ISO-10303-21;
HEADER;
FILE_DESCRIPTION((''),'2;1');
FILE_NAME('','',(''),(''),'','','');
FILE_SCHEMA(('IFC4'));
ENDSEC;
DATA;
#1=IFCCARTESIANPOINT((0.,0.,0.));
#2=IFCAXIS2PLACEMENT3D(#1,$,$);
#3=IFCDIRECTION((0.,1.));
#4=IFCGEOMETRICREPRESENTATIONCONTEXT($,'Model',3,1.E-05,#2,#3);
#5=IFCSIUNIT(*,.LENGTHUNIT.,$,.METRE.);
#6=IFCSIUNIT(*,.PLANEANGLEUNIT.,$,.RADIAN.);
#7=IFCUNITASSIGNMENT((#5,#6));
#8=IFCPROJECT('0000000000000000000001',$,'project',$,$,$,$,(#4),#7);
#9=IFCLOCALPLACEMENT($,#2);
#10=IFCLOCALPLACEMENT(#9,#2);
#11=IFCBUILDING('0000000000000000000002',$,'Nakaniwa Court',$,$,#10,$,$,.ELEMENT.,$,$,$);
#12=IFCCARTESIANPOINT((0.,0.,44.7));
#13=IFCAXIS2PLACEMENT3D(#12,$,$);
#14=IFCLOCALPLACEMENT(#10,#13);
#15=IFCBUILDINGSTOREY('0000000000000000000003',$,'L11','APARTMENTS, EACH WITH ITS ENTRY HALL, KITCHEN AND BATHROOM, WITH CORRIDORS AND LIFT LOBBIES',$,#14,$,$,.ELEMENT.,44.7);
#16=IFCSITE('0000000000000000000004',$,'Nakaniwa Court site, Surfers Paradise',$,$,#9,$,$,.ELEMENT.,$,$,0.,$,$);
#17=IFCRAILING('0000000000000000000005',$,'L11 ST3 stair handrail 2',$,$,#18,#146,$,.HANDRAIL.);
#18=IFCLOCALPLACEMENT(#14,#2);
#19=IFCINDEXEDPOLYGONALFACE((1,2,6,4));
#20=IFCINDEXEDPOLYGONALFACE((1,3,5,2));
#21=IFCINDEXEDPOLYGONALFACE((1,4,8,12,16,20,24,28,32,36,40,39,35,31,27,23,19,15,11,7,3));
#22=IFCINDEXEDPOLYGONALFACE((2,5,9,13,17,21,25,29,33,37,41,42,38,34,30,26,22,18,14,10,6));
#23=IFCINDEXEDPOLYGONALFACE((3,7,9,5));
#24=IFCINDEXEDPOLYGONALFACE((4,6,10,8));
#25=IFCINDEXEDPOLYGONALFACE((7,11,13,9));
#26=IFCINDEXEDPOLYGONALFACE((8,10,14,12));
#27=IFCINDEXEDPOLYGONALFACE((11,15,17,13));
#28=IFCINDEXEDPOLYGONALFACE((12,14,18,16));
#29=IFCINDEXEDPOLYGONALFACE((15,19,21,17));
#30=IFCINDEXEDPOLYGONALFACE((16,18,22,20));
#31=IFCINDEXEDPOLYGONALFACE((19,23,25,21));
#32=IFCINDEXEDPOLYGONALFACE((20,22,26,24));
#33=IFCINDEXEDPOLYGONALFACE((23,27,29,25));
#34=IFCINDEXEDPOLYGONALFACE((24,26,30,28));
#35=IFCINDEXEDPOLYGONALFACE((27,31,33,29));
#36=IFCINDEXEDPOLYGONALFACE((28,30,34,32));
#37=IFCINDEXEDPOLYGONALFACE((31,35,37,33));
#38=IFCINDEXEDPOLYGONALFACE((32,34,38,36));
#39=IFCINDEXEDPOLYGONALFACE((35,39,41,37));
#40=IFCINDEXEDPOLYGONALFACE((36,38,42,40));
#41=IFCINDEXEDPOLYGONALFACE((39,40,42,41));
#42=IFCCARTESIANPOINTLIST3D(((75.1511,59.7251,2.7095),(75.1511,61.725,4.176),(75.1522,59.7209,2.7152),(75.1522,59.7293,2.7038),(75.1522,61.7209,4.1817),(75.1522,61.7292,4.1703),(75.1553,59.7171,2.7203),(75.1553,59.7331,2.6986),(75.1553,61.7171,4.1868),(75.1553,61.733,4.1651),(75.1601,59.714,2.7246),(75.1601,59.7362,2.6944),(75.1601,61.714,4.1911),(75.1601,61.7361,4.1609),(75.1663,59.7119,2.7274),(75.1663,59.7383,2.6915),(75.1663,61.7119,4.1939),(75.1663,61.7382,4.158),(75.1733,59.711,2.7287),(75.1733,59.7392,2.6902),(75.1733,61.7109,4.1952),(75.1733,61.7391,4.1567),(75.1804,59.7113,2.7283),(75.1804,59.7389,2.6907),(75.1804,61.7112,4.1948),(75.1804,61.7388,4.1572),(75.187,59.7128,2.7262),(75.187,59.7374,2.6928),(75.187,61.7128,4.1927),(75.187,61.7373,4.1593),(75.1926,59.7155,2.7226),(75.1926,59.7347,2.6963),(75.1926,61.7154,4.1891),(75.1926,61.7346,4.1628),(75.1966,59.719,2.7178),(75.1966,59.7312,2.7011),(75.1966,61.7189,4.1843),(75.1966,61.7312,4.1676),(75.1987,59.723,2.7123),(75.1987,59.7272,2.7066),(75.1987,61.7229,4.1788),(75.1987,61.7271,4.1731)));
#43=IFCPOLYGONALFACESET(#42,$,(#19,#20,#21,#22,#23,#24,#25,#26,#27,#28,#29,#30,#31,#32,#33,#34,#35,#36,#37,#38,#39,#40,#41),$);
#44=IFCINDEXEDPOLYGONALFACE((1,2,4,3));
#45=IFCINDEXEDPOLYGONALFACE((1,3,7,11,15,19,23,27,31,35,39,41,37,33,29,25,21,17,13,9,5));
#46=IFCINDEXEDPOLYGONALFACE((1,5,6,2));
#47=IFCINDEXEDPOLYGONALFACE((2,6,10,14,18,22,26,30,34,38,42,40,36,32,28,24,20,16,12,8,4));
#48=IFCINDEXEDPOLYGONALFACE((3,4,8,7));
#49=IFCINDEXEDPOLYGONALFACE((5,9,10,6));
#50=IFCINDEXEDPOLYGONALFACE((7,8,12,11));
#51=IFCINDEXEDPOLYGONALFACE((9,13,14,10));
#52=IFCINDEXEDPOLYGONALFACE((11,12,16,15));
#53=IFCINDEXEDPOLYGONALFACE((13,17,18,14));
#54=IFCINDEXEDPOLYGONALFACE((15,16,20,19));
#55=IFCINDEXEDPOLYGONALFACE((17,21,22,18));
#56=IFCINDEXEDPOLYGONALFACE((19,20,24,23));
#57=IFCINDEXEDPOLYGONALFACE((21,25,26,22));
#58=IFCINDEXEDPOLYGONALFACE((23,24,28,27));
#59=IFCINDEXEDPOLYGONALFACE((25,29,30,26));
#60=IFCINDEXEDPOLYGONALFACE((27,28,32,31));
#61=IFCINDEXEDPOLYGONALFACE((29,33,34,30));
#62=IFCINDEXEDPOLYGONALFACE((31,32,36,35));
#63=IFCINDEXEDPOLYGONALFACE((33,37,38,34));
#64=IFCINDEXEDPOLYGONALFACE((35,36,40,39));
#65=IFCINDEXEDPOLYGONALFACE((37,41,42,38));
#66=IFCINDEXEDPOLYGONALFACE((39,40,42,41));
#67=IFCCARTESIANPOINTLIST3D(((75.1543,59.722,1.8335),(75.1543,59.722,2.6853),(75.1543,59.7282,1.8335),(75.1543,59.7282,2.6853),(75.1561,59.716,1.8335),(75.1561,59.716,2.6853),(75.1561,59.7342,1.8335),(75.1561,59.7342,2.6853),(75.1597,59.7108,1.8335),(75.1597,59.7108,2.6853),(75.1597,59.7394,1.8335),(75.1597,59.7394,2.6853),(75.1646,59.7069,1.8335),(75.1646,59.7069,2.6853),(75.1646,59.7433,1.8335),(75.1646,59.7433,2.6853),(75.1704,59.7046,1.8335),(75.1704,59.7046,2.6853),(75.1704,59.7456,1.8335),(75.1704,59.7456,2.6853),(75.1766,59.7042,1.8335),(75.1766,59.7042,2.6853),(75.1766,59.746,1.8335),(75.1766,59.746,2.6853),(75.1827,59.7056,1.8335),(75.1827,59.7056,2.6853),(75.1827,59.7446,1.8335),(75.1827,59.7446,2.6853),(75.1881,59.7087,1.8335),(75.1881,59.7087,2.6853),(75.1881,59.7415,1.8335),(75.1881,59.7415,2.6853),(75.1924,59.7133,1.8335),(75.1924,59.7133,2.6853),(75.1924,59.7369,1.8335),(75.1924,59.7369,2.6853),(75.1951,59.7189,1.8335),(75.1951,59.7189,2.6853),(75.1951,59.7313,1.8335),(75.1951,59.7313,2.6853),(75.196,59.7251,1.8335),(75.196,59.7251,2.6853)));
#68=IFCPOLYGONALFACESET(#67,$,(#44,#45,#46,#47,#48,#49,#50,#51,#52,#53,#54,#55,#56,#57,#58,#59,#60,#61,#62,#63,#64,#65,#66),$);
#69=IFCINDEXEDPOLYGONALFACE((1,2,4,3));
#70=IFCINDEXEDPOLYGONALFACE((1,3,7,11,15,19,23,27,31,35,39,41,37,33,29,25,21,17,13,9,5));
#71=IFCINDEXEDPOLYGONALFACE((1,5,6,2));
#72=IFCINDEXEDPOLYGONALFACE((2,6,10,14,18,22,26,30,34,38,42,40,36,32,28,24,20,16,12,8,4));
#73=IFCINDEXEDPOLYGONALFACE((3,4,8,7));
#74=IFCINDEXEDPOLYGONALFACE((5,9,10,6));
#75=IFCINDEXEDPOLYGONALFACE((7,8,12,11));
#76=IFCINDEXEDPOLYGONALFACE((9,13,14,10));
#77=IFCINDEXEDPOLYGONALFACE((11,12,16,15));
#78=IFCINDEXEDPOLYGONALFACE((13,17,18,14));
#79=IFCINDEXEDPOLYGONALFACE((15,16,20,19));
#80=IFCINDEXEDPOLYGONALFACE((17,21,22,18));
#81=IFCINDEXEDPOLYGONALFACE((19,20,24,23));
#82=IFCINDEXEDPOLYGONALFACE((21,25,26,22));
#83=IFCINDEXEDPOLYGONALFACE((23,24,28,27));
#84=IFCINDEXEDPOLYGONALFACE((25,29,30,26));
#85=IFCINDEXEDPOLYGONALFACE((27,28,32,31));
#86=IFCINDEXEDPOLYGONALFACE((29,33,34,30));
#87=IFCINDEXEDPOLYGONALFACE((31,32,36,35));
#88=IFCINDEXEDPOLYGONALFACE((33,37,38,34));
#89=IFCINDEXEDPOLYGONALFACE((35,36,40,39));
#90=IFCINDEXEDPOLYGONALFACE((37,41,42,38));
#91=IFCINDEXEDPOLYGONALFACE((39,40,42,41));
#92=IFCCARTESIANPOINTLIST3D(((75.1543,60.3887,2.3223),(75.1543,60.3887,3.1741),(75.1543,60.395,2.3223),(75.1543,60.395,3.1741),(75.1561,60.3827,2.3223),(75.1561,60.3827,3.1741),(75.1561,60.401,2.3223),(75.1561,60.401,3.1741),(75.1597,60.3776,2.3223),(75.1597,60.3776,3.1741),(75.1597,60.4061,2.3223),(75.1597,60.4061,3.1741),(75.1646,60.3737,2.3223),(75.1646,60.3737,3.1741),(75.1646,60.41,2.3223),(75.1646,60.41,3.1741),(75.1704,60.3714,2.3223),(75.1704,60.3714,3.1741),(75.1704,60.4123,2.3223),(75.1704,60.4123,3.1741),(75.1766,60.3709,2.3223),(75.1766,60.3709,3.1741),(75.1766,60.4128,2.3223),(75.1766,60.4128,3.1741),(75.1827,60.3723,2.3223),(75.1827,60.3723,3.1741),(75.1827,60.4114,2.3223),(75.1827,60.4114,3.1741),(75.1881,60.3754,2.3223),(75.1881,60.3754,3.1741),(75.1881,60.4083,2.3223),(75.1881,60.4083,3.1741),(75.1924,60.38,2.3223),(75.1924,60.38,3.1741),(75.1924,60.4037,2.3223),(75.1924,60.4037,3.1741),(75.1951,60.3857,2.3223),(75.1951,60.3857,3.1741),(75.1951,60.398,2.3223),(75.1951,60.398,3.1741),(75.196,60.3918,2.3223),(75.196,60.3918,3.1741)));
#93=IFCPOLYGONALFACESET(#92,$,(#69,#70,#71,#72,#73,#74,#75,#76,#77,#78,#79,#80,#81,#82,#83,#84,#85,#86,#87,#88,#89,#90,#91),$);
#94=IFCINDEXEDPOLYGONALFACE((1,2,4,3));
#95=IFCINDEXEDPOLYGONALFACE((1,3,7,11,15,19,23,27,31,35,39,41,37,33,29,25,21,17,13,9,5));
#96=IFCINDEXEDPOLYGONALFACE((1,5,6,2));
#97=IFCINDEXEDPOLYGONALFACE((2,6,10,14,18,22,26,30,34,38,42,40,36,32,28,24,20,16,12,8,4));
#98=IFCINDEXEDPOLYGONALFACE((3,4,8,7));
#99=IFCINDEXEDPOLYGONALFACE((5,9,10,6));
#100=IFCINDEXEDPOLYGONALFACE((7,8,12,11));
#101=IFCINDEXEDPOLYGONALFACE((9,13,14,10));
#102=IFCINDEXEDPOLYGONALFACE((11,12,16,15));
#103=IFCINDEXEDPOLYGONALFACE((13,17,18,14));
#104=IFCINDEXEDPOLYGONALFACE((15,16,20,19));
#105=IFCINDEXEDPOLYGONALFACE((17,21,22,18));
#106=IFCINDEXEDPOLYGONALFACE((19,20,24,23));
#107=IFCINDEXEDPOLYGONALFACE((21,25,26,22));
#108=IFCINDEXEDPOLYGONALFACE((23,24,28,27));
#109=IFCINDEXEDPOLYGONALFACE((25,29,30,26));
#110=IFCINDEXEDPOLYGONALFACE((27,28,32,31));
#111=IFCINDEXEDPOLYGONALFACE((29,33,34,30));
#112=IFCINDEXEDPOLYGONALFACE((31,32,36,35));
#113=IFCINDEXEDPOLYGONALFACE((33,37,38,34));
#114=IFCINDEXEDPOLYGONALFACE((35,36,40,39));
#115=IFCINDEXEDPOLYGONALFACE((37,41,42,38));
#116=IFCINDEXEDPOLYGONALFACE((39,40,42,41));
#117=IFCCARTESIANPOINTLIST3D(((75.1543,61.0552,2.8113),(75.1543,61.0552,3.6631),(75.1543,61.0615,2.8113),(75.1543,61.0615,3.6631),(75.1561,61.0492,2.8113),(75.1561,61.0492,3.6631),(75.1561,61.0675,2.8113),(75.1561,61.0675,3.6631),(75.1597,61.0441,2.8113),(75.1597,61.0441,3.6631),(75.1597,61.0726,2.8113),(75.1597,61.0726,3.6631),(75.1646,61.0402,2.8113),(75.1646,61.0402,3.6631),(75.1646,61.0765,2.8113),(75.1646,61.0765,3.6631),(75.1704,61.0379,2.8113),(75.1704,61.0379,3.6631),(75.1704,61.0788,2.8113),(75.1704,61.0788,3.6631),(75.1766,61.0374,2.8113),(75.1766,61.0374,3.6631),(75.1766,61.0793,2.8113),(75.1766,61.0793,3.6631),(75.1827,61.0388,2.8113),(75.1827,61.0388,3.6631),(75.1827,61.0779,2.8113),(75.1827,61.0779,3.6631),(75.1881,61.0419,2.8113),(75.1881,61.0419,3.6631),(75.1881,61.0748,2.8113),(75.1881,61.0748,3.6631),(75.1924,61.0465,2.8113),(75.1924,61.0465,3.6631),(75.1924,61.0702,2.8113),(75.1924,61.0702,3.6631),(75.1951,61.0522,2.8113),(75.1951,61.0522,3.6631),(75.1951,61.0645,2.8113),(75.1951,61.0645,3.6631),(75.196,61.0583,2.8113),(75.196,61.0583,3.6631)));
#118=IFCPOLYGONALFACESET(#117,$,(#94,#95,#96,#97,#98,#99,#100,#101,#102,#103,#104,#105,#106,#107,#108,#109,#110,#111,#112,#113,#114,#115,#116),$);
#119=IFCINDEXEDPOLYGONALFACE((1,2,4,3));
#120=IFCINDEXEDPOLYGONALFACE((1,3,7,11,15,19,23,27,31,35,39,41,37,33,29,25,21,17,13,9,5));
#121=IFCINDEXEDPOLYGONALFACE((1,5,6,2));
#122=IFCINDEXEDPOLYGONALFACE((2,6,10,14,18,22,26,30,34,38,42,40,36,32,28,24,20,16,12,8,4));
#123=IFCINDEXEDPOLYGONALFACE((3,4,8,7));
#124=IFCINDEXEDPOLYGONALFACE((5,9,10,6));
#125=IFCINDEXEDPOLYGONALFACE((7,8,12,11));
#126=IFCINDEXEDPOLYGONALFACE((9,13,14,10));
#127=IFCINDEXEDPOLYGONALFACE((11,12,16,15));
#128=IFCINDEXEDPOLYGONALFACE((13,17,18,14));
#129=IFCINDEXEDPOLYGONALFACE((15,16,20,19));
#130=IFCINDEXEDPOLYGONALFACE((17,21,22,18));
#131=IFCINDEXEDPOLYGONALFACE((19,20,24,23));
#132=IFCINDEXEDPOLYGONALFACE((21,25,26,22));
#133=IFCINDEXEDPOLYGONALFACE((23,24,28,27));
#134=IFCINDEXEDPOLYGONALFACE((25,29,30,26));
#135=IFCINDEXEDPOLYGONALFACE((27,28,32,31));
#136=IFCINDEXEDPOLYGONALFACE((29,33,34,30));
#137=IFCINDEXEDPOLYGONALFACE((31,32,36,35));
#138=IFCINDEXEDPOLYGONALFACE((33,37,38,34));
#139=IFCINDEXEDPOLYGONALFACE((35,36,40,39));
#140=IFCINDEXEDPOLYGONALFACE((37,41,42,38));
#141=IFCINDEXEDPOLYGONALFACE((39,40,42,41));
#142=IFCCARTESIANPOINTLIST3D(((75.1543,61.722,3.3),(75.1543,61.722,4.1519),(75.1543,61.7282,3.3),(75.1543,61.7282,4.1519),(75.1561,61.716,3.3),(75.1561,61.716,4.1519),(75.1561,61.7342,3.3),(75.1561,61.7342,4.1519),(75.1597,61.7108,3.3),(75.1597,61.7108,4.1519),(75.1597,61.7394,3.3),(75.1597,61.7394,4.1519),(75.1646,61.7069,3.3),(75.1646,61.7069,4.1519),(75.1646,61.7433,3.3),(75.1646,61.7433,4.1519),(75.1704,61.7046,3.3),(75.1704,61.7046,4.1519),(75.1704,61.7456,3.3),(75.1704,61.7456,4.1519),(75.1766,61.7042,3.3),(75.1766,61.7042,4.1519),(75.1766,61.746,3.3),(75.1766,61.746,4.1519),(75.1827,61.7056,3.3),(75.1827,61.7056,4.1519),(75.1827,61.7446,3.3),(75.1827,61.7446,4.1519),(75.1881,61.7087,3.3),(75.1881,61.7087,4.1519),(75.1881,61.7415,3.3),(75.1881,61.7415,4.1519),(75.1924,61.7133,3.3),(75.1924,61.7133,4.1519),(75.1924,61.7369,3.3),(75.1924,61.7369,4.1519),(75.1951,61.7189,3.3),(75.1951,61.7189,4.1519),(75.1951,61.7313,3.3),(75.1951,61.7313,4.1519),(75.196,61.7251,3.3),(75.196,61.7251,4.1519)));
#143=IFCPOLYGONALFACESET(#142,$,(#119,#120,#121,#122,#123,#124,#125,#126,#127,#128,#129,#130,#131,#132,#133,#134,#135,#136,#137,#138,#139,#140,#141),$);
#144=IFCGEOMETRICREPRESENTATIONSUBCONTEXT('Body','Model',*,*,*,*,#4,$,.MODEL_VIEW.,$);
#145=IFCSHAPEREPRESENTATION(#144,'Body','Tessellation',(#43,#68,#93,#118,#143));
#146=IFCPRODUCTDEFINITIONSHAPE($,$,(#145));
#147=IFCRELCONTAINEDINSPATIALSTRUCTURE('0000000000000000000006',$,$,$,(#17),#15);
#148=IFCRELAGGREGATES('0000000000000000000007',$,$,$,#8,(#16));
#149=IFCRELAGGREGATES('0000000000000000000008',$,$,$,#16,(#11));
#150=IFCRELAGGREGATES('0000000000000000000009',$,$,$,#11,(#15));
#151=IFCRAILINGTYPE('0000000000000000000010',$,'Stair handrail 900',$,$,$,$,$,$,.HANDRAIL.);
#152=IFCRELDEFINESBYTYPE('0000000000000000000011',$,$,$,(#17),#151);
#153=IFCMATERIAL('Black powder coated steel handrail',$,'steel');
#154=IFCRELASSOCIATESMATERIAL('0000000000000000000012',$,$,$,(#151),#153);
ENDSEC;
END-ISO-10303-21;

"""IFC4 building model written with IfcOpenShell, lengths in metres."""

from ifc_helpers import new_model, si_unit, direction, frame, origin, origin_2d, place, context, subcontext, project, spatial, circle, extrude, material, type_object, element, save


model = new_model("IFC4")

# Units and contexts
model_context = context("Model", 3, precision=1e-05, world=origin(), true_north=direction((0.0, 1.0)))
body_context = subcontext(model_context, "Body", "Model", "MODEL_VIEW")
ifc_project = project(units=[si_unit("LENGTHUNIT", "METRE"), si_unit("PLANEANGLEUNIT", "RADIAN")], contexts=[model_context])

# Site, building, storey
site_placement = place(None, origin())
site = spatial("IfcSite", under=ifc_project, at=site_placement, Name="Nakaniwa Court site, Surfers Paradise", CompositionType="ELEMENT", RefElevation=0.0)
building_placement = place(site_placement, origin())
building = spatial("IfcBuilding", under=site, at=building_placement, Name="Nakaniwa Court", CompositionType="ELEMENT")
storey_placement = place(building_placement, frame((0.0, 0.0, 44.7)))
storey = spatial("IfcBuildingStorey", under=building, at=storey_placement, Name="L11", Description="APARTMENTS, EACH WITH ITS ENTRY HALL, KITCHEN AND BATHROOM, WITH CORRIDORS AND LIFT LOBBIES", CompositionType="ELEMENT", Elevation=44.7)

# Railing
ifc_material_1 = material(Name="Black powder coated steel handrail", Category="steel")
railing_type_1 = type_object("IfcRailingType", Name="Stair handrail 900", PredefinedType="HANDRAIL", material=ifc_material_1)
railing_1_placement = place(storey_placement, frame((75.175, 59.7251, 1.8335)))
element("IfcRailing", 1, at=railing_1_placement, inside=storey, type_object=railing_type_1, Name="L11 ST3 stair handrail 2", PredefinedType="HANDRAIL", context=body_context, shape_type="SweptSolid", body=[
    extrude(circle(Radius=0.0239, at=origin_2d()), frame((0.0, 0.0, 0.876), z_axis=(0.0, 0.806427, 0.591334), x_axis=(-1.0, 0.0, 0.0)), (0.0, 0.0, 1.0), 2.48),
    extrude(circle(Radius=0.021, at=origin_2d()), origin(), (0.0, 0.0, 1.0), 0.8518),
    extrude(circle(Radius=0.021, at=origin_2d()), frame((0.0, 0.6667, 0.4888)), (0.0, 0.0, 1.0), 0.8518),
    extrude(circle(Radius=0.021, at=origin_2d()), frame((0.0, 1.3333, 0.9778)), (0.0, 0.0, 1.0), 0.8518),
    extrude(circle(Radius=0.021, at=origin_2d()), frame((0.0, 2.0, 1.4666)), (0.0, 0.0, 1.0), 0.8518),
])

save(model, "model.ifc")
